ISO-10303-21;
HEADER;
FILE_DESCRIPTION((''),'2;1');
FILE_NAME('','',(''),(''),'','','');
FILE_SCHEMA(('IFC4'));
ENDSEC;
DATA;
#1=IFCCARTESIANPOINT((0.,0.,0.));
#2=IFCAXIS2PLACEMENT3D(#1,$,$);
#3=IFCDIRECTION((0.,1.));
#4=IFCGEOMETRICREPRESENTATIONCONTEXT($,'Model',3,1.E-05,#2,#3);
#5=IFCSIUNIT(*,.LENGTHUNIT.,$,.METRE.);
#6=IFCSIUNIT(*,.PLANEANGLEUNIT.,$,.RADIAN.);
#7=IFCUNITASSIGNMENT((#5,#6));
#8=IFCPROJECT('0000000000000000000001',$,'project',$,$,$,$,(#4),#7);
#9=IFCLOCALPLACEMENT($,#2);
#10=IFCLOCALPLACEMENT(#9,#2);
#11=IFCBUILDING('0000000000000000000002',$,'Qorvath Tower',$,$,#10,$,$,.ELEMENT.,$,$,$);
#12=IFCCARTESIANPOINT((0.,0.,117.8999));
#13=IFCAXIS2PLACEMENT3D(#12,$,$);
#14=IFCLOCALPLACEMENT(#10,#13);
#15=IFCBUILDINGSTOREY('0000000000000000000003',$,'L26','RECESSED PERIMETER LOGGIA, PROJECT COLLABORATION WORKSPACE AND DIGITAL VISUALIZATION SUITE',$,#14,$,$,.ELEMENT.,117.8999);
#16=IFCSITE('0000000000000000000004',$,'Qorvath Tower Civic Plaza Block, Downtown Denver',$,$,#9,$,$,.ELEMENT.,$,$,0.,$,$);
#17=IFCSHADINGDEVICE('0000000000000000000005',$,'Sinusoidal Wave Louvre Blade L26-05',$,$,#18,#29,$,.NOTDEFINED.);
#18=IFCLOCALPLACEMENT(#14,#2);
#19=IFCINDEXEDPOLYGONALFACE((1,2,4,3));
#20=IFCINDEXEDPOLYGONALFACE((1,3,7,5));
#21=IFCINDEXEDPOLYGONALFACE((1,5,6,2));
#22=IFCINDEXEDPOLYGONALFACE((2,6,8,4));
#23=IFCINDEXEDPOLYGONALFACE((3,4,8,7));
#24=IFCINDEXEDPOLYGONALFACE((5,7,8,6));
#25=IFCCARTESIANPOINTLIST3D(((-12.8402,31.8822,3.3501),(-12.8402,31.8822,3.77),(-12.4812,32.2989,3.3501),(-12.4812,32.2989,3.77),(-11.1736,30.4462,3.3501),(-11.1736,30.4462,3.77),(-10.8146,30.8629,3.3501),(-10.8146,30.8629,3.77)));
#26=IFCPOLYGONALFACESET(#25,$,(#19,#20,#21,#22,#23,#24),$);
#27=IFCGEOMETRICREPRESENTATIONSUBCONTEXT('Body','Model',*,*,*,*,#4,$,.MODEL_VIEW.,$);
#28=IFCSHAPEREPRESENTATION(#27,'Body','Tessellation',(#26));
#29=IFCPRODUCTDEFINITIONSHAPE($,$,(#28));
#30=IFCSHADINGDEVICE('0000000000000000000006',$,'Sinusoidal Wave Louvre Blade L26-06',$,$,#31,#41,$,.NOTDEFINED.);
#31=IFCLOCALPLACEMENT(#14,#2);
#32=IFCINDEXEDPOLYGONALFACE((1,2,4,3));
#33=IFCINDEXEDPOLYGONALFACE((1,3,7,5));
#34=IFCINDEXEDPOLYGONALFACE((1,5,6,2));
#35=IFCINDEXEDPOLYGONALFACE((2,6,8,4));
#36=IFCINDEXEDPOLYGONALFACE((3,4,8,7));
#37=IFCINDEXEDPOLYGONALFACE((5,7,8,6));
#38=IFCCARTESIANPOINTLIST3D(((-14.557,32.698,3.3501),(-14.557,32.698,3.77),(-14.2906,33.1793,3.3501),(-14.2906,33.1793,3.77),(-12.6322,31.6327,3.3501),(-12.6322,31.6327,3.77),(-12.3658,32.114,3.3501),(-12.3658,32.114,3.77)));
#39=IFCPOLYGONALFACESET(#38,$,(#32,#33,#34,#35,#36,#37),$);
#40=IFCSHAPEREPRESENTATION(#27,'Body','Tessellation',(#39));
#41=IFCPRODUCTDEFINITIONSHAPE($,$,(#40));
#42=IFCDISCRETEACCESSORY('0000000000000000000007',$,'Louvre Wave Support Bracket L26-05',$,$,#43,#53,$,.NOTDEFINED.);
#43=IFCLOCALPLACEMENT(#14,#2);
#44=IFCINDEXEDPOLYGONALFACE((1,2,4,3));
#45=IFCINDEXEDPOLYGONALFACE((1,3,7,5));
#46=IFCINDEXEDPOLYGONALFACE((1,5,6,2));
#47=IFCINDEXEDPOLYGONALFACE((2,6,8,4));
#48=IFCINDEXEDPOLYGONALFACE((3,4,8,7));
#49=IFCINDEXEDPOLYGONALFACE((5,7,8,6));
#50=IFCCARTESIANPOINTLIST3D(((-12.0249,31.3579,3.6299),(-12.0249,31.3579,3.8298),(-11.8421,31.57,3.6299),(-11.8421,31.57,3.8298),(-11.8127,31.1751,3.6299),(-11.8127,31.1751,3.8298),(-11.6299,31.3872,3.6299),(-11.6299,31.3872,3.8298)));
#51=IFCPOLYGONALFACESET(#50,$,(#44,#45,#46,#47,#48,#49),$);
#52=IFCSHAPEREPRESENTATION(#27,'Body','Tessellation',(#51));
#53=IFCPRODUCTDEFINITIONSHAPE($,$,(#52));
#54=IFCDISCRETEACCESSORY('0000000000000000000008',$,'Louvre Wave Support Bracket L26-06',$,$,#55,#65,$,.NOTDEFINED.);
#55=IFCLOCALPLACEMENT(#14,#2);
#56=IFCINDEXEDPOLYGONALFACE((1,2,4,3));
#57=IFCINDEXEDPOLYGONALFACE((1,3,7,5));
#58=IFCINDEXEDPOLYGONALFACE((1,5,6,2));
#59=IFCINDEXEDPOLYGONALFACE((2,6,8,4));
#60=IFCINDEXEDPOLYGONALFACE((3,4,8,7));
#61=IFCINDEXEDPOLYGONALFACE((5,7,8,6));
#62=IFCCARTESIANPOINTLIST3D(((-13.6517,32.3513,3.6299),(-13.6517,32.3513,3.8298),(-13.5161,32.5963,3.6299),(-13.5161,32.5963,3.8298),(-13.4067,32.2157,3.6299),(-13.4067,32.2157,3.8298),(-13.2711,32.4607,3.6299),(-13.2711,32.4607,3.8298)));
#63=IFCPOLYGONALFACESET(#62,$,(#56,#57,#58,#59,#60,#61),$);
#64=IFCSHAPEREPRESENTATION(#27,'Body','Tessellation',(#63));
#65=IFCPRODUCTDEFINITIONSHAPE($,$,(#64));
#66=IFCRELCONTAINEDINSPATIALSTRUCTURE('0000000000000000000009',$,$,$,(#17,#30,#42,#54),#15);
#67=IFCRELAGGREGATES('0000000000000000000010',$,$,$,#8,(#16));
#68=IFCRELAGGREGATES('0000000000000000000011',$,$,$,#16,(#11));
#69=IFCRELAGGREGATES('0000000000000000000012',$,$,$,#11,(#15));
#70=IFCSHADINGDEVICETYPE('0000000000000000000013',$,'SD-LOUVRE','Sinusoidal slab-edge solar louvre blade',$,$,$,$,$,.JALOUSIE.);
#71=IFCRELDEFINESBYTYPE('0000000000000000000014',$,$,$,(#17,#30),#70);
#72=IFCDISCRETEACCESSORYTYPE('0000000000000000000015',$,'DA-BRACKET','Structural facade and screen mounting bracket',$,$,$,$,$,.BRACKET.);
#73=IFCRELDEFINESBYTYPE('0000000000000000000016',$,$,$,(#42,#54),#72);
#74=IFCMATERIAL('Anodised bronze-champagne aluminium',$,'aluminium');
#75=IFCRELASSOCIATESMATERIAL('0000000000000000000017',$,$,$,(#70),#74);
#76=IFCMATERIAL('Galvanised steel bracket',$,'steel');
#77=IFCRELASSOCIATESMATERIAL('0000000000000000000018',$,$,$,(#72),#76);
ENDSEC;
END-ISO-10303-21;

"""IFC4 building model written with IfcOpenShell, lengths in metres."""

from ifc_helpers import new_model, si_unit, direction, frame, origin, origin_2d, place, context, subcontext, project, spatial, rectangle, extrude, material, type_object, element, save


model = new_model("IFC4")

# Units and contexts
model_context = context("Model", 3, precision=1e-05, world=origin(), true_north=direction((0.0, 1.0)))
body_context = subcontext(model_context, "Body", "Model", "MODEL_VIEW")
ifc_project = project(units=[si_unit("LENGTHUNIT", "METRE"), si_unit("PLANEANGLEUNIT", "RADIAN")], contexts=[model_context])

# Site, building, storey
site_placement = place(None, origin())
site = spatial("IfcSite", under=ifc_project, at=site_placement, Name="Qorvath Tower Civic Plaza Block, Downtown Denver", CompositionType="ELEMENT", RefElevation=0.0)
building_placement = place(site_placement, origin())
building = spatial("IfcBuilding", under=site, at=building_placement, Name="Qorvath Tower", CompositionType="ELEMENT")
storey_placement = place(building_placement, frame((0.0, 0.0, 117.8999)))
storey = spatial("IfcBuildingStorey", under=building, at=storey_placement, Name="L26", Description="RECESSED PERIMETER LOGGIA, PROJECT COLLABORATION WORKSPACE AND DIGITAL VISUALIZATION SUITE", CompositionType="ELEMENT", Elevation=117.8999)

# Shading devices
ifc_material_1 = material(Name="Anodised bronze-champagne aluminium", Category="aluminium")
shading_device_type = type_object("IfcShadingDeviceType", Name="SD-LOUVRE", Description="Sinusoidal slab-edge solar louvre blade", PredefinedType="JALOUSIE", material=ifc_material_1)
for number, where, z_axis, x_axis, name in (
    (1, (-11.8274, 31.3726, 3.3501), (0.0, 0.0, 1.0), (-0.757554, 0.652773, 0.0), "Sinusoidal Wave Louvre Blade L26-05"),
    (2, (-13.4614, 32.406, 3.3501), (0.0, 0.0, 1.0), (-0.874929, 0.484251, 0.0), "Sinusoidal Wave Louvre Blade L26-06"),
):
    element("IfcShadingDevice", number, at=place(storey_placement, frame(where, z_axis=z_axis, x_axis=x_axis)), inside=storey, type_object=shading_device_type, Name=name, PredefinedType="NOTDEFINED", context=body_context, shape_type="SweptSolid", body=[
        extrude(rectangle(XDim=2.2, YDim=0.55, at=origin_2d()), origin(), (0.0, 0.0, 1.0), 0.4199),
    ])

# Discrete accessories
ifc_material_2 = material(Name="Galvanised steel bracket", Category="steel")
discrete_accessory_type = type_object("IfcDiscreteAccessoryType", Name="DA-BRACKET", Description="Structural facade and screen mounting bracket", PredefinedType="BRACKET", material=ifc_material_2)
for number, where, z_axis, x_axis, name in (
    (3, (-11.8274, 31.3726, 3.6299), (0.0, 0.0, 1.0), (-0.757554, 0.652773, 0.0), "Louvre Wave Support Bracket L26-05"),
    (4, (-13.4614, 32.406, 3.6299), (0.0, 0.0, 1.0), (-0.874929, 0.484251, 0.0), "Louvre Wave Support Bracket L26-06"),
):
    element("IfcDiscreteAccessory", number, at=place(storey_placement, frame(where, z_axis=z_axis, x_axis=x_axis)), inside=storey, type_object=discrete_accessory_type, Name=name, PredefinedType="NOTDEFINED", context=body_context, shape_type="SweptSolid", body=[
        extrude(rectangle(XDim=0.28, YDim=0.28, at=origin_2d()), origin(), (0.0, 0.0, 1.0), 0.2),
    ])

save(model, "model.ifc")
